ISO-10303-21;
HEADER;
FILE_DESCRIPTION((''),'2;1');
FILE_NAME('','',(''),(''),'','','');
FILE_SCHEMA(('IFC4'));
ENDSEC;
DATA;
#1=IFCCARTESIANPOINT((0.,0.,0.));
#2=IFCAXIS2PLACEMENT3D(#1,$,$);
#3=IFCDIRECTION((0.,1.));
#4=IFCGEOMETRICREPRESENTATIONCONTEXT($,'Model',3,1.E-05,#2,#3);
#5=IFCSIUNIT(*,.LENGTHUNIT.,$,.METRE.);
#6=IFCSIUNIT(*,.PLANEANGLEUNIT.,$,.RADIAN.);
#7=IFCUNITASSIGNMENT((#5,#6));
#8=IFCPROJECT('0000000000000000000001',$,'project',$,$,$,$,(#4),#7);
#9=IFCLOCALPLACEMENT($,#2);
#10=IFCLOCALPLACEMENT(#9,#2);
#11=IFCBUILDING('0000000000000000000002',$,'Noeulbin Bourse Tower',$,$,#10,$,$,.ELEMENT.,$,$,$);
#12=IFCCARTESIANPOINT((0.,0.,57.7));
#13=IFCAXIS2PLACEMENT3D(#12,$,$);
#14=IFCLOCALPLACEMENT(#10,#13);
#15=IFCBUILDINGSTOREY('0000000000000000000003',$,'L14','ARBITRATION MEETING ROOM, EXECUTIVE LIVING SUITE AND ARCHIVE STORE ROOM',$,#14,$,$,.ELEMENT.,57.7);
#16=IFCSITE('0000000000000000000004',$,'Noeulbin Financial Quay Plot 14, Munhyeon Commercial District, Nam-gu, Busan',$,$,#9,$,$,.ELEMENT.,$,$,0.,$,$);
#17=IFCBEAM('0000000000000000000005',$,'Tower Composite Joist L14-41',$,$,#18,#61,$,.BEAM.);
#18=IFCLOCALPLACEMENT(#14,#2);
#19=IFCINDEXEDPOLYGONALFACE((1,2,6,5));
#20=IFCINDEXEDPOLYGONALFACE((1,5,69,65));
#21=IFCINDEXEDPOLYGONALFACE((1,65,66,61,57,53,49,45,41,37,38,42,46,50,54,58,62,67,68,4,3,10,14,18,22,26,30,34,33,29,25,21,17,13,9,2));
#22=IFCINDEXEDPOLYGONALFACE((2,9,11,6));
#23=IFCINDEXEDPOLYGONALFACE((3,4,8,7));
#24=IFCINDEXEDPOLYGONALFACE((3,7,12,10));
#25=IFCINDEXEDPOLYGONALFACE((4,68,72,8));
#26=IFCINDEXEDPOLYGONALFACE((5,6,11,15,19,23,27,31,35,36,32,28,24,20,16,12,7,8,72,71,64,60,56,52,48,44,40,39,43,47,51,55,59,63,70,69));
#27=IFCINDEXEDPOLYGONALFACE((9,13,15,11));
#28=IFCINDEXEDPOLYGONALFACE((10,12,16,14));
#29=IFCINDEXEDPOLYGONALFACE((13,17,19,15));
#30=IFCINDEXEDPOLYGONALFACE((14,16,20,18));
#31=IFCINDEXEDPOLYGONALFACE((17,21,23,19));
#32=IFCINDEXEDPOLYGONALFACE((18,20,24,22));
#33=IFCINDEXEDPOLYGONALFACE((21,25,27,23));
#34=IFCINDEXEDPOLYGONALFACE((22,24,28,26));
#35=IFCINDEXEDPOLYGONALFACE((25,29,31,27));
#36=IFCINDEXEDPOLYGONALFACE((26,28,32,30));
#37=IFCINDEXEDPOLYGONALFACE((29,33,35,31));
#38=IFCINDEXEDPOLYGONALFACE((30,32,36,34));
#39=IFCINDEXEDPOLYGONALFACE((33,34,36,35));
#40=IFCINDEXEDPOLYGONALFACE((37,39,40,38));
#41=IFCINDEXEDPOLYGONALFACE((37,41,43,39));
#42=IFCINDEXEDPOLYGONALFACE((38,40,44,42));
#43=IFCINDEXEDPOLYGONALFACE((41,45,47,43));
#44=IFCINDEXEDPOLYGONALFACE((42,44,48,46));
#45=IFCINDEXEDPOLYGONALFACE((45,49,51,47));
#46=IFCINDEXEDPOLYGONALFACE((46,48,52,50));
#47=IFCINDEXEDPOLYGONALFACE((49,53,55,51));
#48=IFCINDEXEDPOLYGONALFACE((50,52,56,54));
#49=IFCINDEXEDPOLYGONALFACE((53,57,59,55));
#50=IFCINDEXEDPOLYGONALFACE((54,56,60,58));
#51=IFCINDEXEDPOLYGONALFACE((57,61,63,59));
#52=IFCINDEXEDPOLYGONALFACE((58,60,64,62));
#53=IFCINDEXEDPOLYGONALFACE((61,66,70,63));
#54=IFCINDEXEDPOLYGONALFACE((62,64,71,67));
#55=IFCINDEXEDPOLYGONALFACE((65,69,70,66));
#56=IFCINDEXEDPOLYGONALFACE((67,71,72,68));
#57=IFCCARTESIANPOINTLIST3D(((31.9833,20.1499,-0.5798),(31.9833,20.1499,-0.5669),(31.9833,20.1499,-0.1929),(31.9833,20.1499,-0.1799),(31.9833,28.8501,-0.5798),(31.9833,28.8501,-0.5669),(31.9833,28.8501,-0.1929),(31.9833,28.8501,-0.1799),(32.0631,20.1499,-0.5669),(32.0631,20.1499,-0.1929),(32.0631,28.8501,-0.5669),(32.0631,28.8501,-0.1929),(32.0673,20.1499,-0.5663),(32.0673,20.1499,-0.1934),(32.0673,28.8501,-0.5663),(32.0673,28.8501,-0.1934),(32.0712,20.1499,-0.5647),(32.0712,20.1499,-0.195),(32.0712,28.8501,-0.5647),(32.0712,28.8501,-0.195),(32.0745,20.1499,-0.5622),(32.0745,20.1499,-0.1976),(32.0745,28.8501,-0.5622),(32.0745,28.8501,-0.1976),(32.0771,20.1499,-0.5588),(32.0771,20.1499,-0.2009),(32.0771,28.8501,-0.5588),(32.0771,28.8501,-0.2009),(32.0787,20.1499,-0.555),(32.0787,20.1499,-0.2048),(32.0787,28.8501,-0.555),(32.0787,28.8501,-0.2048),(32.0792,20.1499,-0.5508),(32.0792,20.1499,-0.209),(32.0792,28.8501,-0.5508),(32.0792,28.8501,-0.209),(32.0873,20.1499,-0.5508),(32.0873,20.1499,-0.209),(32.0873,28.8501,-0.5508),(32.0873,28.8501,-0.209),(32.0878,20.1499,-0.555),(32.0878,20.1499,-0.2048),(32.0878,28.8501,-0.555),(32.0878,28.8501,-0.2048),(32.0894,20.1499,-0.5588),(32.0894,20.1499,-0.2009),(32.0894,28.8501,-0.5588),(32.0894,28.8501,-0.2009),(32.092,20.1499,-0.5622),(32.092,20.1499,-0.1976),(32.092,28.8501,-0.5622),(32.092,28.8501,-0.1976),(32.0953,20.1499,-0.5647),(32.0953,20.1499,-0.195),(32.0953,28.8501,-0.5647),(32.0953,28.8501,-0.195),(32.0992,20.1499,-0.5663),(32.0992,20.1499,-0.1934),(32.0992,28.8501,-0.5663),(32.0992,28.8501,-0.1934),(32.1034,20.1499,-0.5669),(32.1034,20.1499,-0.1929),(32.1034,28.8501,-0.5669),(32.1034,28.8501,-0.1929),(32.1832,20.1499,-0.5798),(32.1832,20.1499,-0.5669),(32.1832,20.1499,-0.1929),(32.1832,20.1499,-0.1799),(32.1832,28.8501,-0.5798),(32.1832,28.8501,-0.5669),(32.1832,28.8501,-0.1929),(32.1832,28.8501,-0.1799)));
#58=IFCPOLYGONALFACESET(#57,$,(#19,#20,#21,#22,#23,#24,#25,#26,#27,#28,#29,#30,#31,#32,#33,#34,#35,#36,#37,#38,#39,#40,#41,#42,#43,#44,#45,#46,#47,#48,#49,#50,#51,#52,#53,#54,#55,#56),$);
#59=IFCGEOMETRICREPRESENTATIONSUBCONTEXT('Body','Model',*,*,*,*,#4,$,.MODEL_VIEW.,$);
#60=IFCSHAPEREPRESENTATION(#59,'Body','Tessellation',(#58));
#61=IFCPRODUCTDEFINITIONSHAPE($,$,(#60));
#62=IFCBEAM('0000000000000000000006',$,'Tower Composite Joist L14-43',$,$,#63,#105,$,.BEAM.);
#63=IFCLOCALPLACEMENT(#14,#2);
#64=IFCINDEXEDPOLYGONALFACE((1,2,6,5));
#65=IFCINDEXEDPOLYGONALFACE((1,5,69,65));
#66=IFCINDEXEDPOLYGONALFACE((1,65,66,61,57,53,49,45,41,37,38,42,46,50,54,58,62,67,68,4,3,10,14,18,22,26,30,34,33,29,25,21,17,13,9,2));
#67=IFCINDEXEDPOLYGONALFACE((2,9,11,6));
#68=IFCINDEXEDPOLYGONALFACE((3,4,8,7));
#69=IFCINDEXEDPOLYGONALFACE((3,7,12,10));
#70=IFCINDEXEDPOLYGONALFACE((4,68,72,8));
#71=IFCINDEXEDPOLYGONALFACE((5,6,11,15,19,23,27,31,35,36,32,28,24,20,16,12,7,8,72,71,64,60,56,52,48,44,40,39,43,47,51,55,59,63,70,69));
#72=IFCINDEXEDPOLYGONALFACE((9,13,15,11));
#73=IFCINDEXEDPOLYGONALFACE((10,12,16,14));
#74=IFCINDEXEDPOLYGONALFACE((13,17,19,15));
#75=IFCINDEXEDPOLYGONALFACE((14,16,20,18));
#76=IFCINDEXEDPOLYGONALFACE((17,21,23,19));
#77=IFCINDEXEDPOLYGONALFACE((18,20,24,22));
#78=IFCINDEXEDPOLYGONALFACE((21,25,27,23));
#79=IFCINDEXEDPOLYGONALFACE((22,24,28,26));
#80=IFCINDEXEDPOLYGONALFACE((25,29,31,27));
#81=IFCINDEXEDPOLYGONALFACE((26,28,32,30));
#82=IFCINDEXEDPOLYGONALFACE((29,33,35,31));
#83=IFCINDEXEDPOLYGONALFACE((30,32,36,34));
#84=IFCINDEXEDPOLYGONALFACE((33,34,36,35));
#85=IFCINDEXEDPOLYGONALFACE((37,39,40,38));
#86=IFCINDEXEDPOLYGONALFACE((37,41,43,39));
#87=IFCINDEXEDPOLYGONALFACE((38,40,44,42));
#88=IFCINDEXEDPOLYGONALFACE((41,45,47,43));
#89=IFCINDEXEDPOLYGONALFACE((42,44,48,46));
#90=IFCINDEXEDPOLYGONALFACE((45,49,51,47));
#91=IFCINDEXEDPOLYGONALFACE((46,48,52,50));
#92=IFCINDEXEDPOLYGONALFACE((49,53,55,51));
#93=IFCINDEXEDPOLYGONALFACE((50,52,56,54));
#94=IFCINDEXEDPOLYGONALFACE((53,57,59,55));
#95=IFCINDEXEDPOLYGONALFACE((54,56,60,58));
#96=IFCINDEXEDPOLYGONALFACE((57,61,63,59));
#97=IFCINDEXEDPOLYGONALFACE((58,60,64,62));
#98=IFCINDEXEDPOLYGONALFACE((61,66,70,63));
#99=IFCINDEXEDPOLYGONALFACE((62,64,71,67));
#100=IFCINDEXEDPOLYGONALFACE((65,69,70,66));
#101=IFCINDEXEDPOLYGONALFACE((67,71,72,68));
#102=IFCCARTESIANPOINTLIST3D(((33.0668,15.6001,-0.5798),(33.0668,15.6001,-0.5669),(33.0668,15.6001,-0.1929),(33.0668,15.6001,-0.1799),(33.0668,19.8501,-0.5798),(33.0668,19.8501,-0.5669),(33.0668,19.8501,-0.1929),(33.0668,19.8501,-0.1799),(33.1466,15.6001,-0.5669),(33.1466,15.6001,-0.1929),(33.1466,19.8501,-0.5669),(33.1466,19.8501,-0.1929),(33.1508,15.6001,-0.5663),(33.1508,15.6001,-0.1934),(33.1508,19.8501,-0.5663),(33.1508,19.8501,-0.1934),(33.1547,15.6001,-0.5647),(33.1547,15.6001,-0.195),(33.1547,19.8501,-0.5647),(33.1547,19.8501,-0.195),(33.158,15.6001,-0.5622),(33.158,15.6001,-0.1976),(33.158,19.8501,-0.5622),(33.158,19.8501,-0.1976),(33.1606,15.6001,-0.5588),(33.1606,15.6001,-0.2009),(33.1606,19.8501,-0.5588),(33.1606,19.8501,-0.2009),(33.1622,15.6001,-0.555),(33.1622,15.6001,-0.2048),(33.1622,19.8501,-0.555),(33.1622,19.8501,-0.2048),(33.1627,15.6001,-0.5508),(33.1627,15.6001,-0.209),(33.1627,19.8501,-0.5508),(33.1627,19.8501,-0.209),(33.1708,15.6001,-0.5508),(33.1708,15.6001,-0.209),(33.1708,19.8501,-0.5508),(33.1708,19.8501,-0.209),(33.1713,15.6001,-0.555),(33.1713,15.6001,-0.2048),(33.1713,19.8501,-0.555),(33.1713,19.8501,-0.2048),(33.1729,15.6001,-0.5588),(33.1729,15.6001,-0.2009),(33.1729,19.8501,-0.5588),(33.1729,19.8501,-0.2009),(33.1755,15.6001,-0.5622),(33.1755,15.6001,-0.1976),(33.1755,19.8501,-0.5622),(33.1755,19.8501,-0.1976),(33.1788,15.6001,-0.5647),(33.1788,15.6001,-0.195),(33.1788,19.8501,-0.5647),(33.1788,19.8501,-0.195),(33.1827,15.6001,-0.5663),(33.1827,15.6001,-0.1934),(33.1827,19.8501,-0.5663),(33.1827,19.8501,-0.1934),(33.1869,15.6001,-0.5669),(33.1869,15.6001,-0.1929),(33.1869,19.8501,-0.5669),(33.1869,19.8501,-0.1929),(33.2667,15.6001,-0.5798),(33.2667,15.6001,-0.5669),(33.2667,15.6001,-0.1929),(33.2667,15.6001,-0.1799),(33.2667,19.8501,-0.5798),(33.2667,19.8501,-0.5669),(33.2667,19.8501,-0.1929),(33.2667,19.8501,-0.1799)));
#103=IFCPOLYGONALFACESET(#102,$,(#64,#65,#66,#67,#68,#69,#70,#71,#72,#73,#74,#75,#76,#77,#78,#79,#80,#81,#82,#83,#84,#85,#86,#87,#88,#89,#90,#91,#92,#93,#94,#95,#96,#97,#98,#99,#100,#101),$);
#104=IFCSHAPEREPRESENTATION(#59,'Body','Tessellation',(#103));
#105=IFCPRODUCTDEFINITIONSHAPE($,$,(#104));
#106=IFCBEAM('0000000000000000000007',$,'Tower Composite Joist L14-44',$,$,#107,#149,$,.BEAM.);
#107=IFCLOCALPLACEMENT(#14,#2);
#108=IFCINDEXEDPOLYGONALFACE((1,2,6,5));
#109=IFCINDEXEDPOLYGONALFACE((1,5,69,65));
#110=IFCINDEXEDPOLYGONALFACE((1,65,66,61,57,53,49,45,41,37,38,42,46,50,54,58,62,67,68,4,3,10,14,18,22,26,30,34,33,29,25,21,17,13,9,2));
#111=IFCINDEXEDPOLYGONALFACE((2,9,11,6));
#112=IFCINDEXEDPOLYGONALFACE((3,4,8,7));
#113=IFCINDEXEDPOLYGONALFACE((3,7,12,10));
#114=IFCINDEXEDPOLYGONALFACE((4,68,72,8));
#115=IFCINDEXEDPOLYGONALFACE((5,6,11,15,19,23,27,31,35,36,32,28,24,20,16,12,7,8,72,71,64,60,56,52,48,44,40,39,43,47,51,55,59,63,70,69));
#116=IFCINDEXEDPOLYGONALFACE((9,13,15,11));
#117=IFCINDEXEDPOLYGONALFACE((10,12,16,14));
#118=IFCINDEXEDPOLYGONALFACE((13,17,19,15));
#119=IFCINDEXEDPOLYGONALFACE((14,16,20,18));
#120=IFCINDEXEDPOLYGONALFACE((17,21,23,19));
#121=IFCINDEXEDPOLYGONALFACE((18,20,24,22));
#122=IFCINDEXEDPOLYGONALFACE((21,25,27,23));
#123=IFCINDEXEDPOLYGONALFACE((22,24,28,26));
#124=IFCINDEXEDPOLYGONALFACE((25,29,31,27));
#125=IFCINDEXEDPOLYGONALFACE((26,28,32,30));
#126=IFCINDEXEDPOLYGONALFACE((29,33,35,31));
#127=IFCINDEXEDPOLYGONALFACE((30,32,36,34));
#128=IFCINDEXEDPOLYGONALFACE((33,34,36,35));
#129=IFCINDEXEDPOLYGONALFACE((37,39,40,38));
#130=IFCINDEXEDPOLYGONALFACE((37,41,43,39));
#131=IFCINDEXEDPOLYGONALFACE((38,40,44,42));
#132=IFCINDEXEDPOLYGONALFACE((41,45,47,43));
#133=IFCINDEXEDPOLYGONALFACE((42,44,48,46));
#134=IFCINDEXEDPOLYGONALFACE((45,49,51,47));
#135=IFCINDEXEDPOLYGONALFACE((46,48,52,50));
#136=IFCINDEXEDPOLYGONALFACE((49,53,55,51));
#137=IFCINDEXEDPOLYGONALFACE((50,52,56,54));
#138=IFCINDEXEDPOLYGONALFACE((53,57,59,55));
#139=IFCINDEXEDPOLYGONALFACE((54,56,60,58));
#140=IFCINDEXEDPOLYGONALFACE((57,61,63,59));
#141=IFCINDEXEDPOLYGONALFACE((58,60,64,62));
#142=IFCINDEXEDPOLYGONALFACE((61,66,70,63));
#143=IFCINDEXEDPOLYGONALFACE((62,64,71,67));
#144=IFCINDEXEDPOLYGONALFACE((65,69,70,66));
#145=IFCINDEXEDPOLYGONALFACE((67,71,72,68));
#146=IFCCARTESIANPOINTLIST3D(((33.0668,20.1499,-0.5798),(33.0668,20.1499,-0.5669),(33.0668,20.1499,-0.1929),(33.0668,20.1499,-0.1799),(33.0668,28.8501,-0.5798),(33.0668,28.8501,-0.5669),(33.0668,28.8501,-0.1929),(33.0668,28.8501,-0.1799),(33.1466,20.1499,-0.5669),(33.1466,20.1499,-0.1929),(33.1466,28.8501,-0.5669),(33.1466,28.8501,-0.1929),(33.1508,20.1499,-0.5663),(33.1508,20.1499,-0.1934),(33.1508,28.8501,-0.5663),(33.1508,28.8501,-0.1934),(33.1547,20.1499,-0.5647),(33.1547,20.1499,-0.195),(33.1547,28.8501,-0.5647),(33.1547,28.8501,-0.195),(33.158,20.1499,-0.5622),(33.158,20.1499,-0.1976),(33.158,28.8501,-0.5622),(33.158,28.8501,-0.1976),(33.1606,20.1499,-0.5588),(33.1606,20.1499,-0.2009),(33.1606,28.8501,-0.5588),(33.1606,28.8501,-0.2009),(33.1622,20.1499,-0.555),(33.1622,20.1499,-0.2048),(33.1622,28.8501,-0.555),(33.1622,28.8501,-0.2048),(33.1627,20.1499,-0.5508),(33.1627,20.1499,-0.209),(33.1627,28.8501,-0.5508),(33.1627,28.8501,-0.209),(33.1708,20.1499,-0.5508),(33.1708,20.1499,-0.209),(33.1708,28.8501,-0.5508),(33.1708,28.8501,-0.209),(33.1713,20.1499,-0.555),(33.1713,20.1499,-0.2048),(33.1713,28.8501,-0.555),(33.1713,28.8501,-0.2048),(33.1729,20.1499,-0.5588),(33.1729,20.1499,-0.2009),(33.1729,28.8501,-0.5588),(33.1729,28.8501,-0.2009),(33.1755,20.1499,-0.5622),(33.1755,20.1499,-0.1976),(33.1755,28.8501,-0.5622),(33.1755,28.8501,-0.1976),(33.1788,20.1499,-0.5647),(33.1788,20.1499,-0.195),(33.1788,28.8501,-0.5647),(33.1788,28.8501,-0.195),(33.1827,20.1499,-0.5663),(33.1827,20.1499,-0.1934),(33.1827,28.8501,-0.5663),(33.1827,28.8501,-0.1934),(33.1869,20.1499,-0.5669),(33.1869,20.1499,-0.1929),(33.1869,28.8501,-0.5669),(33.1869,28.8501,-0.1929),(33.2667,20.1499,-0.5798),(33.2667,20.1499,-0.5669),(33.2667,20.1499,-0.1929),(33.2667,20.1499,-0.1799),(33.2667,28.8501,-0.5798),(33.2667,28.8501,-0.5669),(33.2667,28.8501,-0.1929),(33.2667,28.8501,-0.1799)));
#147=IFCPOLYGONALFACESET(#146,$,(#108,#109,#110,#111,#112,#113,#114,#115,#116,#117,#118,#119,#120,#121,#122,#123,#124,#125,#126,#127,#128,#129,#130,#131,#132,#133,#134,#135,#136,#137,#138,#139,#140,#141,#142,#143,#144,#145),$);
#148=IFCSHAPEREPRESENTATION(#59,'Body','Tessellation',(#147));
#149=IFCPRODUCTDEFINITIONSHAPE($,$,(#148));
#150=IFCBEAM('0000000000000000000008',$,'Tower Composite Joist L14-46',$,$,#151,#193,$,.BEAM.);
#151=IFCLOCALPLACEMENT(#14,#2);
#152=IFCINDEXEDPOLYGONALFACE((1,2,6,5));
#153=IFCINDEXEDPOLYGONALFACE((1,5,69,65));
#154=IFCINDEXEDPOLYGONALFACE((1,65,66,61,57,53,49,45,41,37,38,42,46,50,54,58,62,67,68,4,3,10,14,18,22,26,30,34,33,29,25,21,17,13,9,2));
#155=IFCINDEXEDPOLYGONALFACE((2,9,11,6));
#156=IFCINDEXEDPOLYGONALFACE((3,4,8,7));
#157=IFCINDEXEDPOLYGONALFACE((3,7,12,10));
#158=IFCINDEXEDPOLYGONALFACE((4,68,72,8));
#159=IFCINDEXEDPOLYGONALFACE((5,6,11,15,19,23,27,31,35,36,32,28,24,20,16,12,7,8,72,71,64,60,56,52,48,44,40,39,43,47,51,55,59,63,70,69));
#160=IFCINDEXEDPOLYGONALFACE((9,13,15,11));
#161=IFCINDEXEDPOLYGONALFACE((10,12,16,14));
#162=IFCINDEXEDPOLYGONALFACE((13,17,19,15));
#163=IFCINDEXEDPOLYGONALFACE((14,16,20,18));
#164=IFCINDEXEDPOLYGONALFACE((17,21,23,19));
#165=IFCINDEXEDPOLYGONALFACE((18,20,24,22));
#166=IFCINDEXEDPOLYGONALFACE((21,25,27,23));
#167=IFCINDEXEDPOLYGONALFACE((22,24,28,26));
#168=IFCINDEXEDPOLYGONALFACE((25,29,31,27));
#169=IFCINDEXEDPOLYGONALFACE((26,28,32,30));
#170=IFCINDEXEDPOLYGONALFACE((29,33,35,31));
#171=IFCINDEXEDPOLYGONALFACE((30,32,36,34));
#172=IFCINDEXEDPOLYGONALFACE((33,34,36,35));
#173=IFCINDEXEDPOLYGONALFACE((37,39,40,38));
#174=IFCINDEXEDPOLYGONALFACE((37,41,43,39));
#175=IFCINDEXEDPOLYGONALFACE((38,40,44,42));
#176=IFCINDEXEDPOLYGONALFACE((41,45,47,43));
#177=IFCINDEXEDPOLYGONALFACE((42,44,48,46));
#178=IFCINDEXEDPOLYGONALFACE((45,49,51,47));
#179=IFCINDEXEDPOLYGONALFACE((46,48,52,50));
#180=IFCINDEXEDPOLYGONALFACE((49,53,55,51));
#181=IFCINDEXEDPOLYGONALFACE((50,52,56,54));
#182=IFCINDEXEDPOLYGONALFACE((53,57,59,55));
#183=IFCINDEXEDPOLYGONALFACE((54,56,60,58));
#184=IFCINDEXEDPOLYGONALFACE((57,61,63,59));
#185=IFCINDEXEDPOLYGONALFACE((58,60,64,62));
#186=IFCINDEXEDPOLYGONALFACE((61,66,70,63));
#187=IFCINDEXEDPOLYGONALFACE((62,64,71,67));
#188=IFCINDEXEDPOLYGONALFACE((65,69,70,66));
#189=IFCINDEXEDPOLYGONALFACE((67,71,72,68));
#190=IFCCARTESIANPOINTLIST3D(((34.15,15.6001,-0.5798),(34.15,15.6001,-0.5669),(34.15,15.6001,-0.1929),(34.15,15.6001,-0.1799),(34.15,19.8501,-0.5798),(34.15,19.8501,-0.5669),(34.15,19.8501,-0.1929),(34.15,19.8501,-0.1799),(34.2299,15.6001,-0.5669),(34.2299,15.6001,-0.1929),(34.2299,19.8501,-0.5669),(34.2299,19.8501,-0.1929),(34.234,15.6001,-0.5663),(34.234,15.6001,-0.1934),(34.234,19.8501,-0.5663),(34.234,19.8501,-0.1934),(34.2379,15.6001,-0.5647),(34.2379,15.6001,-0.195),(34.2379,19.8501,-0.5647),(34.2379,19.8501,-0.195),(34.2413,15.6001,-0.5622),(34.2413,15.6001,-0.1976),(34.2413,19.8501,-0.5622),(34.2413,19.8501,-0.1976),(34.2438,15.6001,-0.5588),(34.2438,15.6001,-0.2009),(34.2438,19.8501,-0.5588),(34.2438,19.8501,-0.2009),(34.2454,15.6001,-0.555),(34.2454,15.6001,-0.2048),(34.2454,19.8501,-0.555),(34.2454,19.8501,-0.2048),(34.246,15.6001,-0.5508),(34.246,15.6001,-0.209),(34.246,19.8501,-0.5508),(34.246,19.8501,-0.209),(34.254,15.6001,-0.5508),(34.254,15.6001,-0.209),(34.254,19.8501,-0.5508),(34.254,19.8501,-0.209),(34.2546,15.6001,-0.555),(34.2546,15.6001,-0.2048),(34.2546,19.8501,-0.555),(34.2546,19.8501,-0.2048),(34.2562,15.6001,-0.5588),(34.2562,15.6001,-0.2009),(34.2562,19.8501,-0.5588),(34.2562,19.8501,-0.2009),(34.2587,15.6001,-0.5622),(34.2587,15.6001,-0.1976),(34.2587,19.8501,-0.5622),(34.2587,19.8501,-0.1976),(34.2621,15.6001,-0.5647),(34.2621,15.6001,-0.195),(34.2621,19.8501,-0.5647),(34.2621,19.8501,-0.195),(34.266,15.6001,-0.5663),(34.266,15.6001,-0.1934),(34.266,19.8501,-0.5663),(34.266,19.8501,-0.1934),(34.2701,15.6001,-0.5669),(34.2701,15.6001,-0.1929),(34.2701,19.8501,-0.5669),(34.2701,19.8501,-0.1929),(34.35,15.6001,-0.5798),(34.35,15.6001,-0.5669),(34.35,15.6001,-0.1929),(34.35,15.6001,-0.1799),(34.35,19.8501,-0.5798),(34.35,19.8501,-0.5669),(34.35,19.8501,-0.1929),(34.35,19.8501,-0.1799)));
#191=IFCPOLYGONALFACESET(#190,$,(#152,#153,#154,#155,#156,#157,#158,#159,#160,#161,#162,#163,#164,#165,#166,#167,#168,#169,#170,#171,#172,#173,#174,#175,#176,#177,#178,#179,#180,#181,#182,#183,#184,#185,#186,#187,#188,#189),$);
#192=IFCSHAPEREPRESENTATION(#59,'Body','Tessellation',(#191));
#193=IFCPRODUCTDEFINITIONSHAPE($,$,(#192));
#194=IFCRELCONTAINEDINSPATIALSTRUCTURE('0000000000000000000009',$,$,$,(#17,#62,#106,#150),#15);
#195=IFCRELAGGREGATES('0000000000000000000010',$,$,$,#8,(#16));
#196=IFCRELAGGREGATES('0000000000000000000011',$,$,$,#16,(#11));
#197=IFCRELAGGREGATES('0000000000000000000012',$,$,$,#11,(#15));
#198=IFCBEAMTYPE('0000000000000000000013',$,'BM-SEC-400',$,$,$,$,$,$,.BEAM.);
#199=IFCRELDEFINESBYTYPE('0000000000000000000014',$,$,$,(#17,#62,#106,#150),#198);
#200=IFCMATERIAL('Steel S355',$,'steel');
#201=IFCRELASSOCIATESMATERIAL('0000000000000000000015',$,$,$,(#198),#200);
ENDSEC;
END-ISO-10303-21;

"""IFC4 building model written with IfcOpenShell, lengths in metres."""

from ifc_helpers import new_model, si_unit, direction, frame, origin, origin_2d, place, context, subcontext, project, spatial, i_section, extrude, material, material_profile, profile_set, type_object, element, save


model = new_model("IFC4")

# Units and contexts
model_context = context("Model", 3, precision=1e-05, world=origin(), true_north=direction((0.0, 1.0)))
body_context = subcontext(model_context, "Body", "Model", "MODEL_VIEW")
ifc_project = project(units=[si_unit("LENGTHUNIT", "METRE"), si_unit("PLANEANGLEUNIT", "RADIAN")], contexts=[model_context])

# Site, building, storey
site_placement = place(None, origin())
site = spatial("IfcSite", under=ifc_project, at=site_placement, Name="Noeulbin Financial Quay Plot 14, Munhyeon Commercial District, Nam-gu, Busan", CompositionType="ELEMENT", RefElevation=0.0)
building_placement = place(site_placement, origin())
building = spatial("IfcBuilding", under=site, at=building_placement, Name="Noeulbin Bourse Tower", CompositionType="ELEMENT")
storey_placement = place(building_placement, frame((0.0, 0.0, 57.7)))
storey = spatial("IfcBuildingStorey", under=building, at=storey_placement, Name="L14", Description="ARBITRATION MEETING ROOM, EXECUTIVE LIVING SUITE AND ARCHIVE STORE ROOM", CompositionType="ELEMENT", Elevation=57.7)

# Beams
ifc_material_1 = material(Name="Steel S355", Category="steel")
ifc_material_profile_1 = material_profile(ifc_material_1, i_section(OverallWidth=0.2, OverallDepth=0.3999, WebThickness=0.0081, FlangeThickness=0.0129, FilletRadius=0.0161, at=origin_2d()), Name="H-400x200x8x13", Category="LoadBearing")
ifc_profile_set_1 = profile_set([ifc_material_profile_1], Name="Steel S355")
beam_type_1 = type_object("IfcBeamType", Name="BM-SEC-400", PredefinedType="BEAM", material=ifc_profile_set_1)
beam_1_placement = place(storey_placement, frame((32.0833, 20.1499, -0.3799), z_axis=(0.0, 1.0, 0.0), x_axis=(-1.0, 0.0, 0.0)))
element("IfcBeam", 1, at=beam_1_placement, inside=storey, type_object=beam_type_1, Name="Tower Composite Joist L14-41", PredefinedType="BEAM", context=body_context, shape_type="SweptSolid", body=[
    extrude(i_section(OverallWidth=0.2, OverallDepth=0.3999, WebThickness=0.0081, FlangeThickness=0.0129, FilletRadius=0.0161, at=origin_2d()), origin(), (0.0, 0.0, 1.0), 8.7002),
])
beam_2_placement = place(storey_placement, frame((33.1667, 15.6001, -0.3799), z_axis=(0.0, 1.0, 0.0), x_axis=(-1.0, 0.0, 0.0)))
element("IfcBeam", 2, at=beam_2_placement, inside=storey, type_object=beam_type_1, Name="Tower Composite Joist L14-43", PredefinedType="BEAM", context=body_context, shape_type="SweptSolid", body=[
    extrude(i_section(OverallWidth=0.2, OverallDepth=0.3999, WebThickness=0.0081, FlangeThickness=0.0129, FilletRadius=0.0161, at=origin_2d()), origin(), (0.0, 0.0, 1.0), 4.25),
])
beam_3_placement = place(storey_placement, frame((33.1667, 20.1499, -0.3799), z_axis=(0.0, 1.0, 0.0), x_axis=(-1.0, 0.0, 0.0)))
element("IfcBeam", 3, at=beam_3_placement, inside=storey, type_object=beam_type_1, Name="Tower Composite Joist L14-44", PredefinedType="BEAM", context=body_context, shape_type="SweptSolid", body=[
    extrude(i_section(OverallWidth=0.2, OverallDepth=0.3999, WebThickness=0.0081, FlangeThickness=0.0129, FilletRadius=0.0161, at=origin_2d()), origin(), (0.0, 0.0, 1.0), 8.7002),
])
beam_4_placement = place(storey_placement, frame((34.25, 15.6001, -0.3799), z_axis=(0.0, 1.0, 0.0), x_axis=(-1.0, 0.0, 0.0)))
element("IfcBeam", 4, at=beam_4_placement, inside=storey, type_object=beam_type_1, Name="Tower Composite Joist L14-46", PredefinedType="BEAM", context=body_context, shape_type="SweptSolid", body=[
    extrude(i_section(OverallWidth=0.2, OverallDepth=0.3999, WebThickness=0.0081, FlangeThickness=0.0129, FilletRadius=0.0161, at=origin_2d()), origin(), (0.0, 0.0, 1.0), 4.25),
])

save(model, "model.ifc")
